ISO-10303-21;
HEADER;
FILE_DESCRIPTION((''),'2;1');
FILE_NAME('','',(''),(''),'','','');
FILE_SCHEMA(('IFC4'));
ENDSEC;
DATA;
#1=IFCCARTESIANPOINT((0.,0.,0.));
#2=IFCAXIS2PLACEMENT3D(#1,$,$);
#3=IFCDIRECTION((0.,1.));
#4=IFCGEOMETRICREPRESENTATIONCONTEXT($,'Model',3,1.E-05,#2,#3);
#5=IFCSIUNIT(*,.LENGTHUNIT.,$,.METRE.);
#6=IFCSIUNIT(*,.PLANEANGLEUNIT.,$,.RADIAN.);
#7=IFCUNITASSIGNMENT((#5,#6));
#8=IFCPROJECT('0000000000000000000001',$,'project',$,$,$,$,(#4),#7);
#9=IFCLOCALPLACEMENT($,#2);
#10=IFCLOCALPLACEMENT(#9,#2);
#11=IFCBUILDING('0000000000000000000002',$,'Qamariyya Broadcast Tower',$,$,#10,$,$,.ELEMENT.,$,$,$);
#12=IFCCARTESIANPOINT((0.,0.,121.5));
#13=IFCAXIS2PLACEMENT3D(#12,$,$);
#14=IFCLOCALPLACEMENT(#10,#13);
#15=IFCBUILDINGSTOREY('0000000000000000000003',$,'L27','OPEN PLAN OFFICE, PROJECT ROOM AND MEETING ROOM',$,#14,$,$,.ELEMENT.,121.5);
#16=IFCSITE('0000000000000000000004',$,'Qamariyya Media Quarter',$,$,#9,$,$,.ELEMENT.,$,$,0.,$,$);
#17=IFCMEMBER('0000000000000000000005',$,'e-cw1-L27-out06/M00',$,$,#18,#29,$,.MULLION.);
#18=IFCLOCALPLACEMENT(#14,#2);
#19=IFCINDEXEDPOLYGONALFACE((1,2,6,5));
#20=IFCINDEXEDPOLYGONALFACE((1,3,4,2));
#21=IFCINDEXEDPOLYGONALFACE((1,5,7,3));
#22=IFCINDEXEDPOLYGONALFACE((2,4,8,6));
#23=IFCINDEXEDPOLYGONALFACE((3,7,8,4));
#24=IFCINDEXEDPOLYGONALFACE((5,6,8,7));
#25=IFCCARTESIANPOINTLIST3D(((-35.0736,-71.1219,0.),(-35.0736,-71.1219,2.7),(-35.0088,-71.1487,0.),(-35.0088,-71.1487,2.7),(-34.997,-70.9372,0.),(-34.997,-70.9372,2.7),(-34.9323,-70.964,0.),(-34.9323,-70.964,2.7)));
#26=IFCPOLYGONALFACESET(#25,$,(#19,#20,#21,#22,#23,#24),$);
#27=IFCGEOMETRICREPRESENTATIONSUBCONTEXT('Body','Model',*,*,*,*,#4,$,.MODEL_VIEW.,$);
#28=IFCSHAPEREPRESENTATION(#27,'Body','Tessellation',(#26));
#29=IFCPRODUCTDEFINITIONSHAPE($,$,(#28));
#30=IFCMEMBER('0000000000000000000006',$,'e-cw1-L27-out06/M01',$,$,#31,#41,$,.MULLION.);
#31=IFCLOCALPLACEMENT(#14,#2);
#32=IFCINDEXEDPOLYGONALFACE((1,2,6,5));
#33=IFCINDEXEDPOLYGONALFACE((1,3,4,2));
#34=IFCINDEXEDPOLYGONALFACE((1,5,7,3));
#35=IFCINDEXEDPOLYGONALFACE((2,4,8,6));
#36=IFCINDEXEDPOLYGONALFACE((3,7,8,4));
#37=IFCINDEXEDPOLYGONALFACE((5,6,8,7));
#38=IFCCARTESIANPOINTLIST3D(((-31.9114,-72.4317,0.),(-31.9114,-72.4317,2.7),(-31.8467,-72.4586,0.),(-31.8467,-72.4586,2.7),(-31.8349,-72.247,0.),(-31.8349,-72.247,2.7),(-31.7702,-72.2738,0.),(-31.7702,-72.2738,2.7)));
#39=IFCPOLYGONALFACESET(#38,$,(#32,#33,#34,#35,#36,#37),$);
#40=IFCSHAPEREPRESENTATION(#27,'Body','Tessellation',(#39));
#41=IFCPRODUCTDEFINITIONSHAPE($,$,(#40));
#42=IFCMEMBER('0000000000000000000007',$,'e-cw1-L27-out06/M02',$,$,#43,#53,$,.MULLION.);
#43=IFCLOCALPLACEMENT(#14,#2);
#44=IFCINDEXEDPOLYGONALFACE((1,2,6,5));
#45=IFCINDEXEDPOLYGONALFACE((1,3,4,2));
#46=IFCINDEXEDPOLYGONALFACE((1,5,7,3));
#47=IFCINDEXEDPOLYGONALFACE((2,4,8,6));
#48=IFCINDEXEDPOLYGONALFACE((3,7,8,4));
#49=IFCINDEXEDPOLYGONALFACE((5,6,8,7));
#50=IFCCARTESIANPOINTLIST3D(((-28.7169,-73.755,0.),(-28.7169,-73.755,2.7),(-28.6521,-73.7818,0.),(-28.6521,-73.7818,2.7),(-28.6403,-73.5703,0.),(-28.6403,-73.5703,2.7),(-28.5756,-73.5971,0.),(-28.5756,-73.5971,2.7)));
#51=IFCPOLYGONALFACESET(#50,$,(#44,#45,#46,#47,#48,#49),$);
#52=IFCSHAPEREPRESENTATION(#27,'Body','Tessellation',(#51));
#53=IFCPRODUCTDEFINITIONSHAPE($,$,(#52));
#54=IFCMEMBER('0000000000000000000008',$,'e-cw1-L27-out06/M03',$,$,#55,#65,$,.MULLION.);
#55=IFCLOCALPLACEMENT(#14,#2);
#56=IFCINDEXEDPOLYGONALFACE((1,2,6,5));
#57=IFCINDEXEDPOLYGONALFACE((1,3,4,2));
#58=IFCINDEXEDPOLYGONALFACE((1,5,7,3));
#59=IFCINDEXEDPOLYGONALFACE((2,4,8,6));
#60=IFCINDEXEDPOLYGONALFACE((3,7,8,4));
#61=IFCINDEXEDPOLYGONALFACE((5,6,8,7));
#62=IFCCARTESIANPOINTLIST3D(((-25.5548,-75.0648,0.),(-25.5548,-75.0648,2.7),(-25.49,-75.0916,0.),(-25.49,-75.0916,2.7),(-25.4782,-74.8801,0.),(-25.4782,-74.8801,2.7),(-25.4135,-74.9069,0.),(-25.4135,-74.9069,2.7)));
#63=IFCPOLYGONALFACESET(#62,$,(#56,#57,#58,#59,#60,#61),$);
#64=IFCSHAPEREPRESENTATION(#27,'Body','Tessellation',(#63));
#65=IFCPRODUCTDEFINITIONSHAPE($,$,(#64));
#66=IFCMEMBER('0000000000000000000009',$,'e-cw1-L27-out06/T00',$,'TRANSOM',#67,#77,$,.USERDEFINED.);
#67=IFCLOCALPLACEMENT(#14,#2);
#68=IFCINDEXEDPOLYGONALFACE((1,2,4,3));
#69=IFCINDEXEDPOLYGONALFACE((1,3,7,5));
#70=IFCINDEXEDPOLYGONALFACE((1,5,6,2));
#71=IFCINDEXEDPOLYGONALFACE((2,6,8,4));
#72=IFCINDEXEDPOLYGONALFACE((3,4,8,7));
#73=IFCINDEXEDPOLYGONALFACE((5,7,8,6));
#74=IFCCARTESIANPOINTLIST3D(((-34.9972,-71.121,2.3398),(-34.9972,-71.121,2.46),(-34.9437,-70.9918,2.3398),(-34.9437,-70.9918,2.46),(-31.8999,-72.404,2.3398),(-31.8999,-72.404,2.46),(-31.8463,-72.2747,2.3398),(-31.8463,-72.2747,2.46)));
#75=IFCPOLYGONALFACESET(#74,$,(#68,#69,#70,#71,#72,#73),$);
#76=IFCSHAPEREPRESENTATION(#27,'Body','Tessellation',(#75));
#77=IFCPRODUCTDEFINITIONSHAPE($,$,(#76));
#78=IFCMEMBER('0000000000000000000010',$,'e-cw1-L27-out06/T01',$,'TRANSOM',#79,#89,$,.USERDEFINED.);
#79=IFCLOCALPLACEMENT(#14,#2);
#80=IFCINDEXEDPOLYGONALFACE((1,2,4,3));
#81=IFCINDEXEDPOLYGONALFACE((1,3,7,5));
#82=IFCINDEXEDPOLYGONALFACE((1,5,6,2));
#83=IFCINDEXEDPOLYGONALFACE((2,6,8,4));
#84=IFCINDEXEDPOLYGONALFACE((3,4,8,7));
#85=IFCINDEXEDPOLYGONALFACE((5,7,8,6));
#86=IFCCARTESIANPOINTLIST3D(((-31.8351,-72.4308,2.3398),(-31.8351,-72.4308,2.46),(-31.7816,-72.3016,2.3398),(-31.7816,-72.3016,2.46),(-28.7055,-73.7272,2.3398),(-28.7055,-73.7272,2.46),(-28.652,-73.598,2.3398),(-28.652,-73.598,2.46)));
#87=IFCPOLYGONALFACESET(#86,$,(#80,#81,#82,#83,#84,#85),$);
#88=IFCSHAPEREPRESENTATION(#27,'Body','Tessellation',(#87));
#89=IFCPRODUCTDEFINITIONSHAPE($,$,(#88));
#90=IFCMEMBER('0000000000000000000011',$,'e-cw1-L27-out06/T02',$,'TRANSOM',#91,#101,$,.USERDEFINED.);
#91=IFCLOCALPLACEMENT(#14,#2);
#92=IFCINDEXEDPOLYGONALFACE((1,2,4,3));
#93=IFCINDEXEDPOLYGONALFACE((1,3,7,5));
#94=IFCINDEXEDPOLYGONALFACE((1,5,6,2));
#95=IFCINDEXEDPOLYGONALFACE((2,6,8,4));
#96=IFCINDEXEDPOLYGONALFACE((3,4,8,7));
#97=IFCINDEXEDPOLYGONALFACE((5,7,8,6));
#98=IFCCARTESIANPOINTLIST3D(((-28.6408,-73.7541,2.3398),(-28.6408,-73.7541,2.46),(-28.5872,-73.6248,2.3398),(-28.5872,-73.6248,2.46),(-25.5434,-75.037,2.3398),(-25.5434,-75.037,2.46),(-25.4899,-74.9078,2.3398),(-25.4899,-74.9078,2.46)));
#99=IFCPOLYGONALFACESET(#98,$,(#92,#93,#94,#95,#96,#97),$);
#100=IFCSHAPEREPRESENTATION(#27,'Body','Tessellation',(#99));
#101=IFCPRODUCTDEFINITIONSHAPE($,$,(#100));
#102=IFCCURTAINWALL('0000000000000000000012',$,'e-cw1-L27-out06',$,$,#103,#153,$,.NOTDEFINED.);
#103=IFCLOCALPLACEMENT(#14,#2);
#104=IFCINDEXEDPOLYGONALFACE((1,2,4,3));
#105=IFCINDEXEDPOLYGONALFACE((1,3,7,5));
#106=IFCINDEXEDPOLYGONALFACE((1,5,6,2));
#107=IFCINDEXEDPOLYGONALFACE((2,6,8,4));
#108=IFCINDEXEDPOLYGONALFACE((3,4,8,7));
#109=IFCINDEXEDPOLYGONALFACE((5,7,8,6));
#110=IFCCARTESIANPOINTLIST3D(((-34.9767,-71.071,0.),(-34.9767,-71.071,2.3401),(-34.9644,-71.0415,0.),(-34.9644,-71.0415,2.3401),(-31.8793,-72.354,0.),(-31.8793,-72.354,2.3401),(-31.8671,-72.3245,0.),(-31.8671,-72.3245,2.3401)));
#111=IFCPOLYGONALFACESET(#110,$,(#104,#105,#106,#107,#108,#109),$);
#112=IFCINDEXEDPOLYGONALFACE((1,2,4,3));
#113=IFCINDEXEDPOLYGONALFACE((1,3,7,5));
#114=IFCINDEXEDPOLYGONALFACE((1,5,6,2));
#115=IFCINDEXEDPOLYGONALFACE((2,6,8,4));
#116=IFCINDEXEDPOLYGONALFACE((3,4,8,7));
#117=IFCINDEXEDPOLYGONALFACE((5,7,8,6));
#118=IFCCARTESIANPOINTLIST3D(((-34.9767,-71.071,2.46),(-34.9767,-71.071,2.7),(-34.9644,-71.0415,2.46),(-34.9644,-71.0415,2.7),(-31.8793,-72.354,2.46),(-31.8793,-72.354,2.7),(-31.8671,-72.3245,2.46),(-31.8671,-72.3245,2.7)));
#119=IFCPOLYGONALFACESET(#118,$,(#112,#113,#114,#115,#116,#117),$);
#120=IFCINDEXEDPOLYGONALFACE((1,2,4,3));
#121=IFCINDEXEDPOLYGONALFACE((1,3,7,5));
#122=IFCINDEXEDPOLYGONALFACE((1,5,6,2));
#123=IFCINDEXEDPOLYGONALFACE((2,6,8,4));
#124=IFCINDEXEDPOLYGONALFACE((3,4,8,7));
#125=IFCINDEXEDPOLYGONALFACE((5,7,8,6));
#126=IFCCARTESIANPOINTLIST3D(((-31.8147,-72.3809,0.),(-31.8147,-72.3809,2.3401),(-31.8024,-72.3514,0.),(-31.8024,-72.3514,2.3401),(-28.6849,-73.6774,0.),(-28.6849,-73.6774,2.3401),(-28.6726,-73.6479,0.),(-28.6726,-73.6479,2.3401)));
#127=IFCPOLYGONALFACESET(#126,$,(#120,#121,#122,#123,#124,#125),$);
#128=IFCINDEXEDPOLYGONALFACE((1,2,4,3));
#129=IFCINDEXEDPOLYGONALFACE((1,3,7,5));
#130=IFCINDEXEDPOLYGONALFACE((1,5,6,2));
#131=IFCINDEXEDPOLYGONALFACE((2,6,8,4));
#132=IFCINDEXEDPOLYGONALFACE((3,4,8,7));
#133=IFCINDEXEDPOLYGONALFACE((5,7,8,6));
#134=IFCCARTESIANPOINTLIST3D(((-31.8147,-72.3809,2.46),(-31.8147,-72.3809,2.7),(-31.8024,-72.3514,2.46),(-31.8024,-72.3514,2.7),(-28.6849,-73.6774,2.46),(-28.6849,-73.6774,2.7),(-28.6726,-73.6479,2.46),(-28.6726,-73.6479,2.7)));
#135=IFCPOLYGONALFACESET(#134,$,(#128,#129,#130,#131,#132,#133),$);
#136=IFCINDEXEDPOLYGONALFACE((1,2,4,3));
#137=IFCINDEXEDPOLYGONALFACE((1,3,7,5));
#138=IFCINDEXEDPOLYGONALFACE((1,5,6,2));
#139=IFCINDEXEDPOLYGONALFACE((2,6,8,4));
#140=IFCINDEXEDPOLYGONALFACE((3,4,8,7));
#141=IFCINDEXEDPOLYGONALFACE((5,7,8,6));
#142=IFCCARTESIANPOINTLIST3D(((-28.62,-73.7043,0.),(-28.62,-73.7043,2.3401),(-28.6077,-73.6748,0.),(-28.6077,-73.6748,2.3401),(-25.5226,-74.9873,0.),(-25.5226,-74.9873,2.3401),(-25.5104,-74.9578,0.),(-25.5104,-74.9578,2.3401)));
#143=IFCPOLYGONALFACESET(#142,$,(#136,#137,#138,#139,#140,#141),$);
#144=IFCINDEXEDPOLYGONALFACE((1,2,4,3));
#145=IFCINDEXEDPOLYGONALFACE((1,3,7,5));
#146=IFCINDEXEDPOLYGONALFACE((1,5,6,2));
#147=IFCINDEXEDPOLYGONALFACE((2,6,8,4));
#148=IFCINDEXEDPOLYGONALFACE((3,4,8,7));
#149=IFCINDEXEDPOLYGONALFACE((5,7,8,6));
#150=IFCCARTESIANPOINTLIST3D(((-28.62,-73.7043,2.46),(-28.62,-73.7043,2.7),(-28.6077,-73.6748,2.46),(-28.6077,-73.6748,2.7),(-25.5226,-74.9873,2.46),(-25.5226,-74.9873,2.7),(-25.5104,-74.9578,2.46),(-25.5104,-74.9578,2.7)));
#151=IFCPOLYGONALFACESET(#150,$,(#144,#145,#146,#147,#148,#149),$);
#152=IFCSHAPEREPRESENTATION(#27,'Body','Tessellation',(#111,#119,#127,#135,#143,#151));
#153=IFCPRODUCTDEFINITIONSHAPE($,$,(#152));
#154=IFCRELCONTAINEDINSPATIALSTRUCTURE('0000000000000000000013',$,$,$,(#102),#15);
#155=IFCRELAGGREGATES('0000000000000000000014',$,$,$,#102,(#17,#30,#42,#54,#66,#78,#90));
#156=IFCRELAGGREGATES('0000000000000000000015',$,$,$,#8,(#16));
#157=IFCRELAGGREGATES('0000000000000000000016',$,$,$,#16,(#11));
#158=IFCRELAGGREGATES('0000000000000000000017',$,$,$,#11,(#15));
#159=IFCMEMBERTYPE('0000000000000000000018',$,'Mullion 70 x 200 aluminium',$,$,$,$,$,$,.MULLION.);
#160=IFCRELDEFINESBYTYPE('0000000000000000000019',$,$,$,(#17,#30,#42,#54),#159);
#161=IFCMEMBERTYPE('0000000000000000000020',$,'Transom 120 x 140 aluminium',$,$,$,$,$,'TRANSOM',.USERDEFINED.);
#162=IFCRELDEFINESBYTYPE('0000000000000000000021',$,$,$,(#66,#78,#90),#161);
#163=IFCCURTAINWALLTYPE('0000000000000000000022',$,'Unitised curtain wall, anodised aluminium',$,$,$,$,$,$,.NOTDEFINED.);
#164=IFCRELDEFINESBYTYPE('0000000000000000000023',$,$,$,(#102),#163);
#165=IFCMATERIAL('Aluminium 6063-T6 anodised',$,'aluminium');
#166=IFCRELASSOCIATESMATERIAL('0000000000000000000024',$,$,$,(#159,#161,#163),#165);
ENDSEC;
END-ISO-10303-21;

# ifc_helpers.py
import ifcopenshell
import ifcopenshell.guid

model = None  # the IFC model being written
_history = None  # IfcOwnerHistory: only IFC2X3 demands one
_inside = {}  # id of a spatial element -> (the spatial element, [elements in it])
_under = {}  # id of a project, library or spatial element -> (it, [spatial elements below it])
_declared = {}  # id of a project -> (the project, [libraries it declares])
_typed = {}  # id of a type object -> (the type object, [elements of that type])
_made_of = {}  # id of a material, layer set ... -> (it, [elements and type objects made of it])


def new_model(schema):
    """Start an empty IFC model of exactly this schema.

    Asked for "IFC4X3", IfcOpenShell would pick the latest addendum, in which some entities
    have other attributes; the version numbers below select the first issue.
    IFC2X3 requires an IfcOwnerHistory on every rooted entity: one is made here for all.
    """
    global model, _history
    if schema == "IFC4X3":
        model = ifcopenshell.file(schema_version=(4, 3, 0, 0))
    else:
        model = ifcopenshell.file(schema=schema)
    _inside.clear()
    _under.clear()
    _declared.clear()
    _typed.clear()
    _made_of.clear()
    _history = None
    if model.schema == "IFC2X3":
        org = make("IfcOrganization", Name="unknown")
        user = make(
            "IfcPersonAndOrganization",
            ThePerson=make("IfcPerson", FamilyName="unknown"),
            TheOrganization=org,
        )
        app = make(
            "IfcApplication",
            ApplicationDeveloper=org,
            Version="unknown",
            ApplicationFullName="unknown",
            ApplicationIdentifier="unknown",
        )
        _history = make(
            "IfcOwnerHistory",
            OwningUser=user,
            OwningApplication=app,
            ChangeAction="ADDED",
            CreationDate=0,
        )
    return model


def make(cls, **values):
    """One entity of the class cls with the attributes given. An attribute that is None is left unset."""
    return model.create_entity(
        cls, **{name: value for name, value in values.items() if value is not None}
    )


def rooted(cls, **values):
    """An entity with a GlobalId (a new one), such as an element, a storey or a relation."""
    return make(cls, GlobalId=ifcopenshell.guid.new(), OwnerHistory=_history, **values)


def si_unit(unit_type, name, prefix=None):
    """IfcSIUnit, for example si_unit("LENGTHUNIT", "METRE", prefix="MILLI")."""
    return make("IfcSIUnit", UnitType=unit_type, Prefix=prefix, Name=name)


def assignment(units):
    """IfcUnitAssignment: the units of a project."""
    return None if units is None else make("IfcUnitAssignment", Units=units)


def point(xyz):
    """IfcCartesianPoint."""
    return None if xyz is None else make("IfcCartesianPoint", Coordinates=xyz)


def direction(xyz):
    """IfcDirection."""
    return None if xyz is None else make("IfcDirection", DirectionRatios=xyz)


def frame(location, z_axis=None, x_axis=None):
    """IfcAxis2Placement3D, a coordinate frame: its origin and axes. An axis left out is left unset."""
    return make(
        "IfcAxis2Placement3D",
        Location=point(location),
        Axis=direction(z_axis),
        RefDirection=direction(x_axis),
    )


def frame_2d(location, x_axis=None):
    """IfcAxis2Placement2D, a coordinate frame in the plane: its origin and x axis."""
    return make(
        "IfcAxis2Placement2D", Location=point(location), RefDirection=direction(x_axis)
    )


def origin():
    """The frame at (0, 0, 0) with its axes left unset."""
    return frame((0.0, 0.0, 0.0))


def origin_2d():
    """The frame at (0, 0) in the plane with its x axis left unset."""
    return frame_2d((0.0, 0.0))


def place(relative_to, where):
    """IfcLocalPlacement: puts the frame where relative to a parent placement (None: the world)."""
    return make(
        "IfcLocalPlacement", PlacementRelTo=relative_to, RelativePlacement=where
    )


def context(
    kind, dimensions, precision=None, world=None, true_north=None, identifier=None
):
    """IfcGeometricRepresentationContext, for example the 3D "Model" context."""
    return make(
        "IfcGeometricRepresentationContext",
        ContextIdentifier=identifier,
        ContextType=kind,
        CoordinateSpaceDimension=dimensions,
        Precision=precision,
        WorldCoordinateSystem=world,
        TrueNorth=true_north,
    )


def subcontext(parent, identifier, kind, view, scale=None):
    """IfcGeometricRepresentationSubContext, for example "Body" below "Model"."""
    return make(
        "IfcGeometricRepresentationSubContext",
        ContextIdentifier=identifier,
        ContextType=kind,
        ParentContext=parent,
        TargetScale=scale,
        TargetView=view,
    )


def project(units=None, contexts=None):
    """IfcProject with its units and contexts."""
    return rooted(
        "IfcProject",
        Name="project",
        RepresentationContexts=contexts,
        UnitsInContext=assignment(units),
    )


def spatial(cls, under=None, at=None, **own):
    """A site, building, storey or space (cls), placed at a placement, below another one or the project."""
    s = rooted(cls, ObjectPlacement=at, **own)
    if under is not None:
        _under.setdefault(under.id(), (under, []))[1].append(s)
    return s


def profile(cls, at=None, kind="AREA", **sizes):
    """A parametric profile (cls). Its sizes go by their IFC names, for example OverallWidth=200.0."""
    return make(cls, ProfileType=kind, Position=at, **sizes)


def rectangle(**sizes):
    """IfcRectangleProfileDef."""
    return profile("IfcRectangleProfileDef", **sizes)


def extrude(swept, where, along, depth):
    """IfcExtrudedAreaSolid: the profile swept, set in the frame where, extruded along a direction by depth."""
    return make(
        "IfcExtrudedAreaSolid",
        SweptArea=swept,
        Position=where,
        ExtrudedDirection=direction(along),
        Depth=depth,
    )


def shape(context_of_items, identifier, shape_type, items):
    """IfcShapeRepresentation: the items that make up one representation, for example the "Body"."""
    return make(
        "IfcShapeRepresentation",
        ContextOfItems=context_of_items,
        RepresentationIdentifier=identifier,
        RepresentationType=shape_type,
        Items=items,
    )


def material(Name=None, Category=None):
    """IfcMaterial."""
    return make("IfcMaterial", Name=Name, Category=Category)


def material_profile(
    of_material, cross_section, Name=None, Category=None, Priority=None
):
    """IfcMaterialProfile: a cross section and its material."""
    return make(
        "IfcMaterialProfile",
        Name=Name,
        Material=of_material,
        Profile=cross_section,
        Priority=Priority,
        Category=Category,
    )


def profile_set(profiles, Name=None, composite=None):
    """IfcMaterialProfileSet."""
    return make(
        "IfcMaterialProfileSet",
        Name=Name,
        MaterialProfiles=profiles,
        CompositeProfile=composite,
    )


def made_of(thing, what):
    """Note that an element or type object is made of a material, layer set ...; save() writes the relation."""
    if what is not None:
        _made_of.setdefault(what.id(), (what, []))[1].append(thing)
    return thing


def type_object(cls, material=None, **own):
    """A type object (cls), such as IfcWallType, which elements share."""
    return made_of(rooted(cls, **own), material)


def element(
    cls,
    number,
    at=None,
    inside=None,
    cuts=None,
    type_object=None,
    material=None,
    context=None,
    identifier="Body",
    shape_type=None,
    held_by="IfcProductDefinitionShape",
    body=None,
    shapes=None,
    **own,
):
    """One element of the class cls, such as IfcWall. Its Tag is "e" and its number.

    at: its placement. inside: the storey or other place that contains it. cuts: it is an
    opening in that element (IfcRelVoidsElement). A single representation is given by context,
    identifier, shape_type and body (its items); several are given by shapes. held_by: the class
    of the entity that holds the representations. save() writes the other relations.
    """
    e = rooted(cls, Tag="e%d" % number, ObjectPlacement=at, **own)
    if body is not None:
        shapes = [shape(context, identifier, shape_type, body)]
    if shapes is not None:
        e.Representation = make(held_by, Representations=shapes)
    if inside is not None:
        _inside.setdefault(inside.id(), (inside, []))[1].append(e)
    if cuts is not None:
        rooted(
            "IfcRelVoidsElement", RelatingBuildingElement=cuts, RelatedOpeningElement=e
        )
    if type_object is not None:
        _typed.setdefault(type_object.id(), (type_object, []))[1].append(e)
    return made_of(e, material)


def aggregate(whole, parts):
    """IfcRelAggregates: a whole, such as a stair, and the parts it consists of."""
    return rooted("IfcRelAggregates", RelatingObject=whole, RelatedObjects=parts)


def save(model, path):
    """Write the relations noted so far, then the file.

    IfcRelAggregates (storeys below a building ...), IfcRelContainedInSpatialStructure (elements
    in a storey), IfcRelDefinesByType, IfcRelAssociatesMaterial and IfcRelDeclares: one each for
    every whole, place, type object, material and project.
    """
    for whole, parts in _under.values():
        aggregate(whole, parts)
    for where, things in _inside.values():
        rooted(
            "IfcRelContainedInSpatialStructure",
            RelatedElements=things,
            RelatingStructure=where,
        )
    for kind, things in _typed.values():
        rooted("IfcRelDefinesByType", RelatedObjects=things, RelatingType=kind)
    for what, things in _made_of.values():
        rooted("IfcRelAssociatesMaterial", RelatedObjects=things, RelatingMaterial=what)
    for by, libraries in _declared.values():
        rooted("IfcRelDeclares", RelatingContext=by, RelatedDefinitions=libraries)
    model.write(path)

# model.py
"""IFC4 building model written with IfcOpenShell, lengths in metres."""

from ifc_helpers import new_model, si_unit, direction, frame, origin, origin_2d, place, context, subcontext, project, spatial, rectangle, extrude, material, material_profile, profile_set, type_object, element, aggregate, save


model = new_model("IFC4")

# Units and contexts
model_context = context("Model", 3, precision=1e-05, world=origin(), true_north=direction((0.0, 1.0)))
body_context = subcontext(model_context, "Body", "Model", "MODEL_VIEW")
ifc_project = project(units=[si_unit("LENGTHUNIT", "METRE"), si_unit("PLANEANGLEUNIT", "RADIAN")], contexts=[model_context])

# Members
ifc_material = material(Name="Aluminium 6063-T6 anodised", Category="aluminium")
ifc_material_profile_1 = material_profile(ifc_material, rectangle(XDim=0.2, YDim=0.0701, at=origin_2d()))
ifc_profile_set_1 = profile_set([ifc_material_profile_1], Name="Aluminium 6063-T6 anodised")
member_type_1 = type_object("IfcMemberType", Name="Mullion 70 x 200 aluminium", PredefinedType="MULLION", material=ifc_profile_set_1)
site_placement = place(None, origin())
building_placement = place(site_placement, origin())
storey_placement = place(building_placement, frame((0.0, 0.0, 121.5)))
member_1_placement = place(storey_placement, frame((-35.0029, -71.043, 0.0), z_axis=(0.0, 0.0, 1.0), x_axis=(0.382683, 0.92388, 0.0)))
member_1 = element("IfcMember", 1, at=member_1_placement, type_object=member_type_1, Name="e-cw1-L27-out06/M00", PredefinedType="MULLION", context=body_context, shape_type="SweptSolid", body=[
    extrude(rectangle(XDim=0.2, YDim=0.0701, at=origin_2d()), origin(), (0.0, 0.0, 1.0), 2.7),
])
member_2_placement = place(storey_placement, frame((-31.8408, -72.3528, 0.0), z_axis=(0.0, 0.0, 1.0), x_axis=(0.382683, 0.92388, 0.0)))
member_2 = element("IfcMember", 2, at=member_2_placement, type_object=member_type_1, Name="e-cw1-L27-out06/M01", PredefinedType="MULLION", context=body_context, shape_type="SweptSolid", body=[
    extrude(rectangle(XDim=0.2, YDim=0.0701, at=origin_2d()), origin(), (0.0, 0.0, 1.0), 2.7),
])
member_3_placement = place(storey_placement, frame((-28.6462, -73.676, 0.0), z_axis=(0.0, 0.0, 1.0), x_axis=(0.382683, 0.92388, 0.0)))
member_3 = element("IfcMember", 3, at=member_3_placement, type_object=member_type_1, Name="e-cw1-L27-out06/M02", PredefinedType="MULLION", context=body_context, shape_type="SweptSolid", body=[
    extrude(rectangle(XDim=0.2, YDim=0.0701, at=origin_2d()), origin(), (0.0, 0.0, 1.0), 2.7),
])
member_4_placement = place(storey_placement, frame((-25.4841, -74.9858, 0.0), z_axis=(0.0, 0.0, 1.0), x_axis=(0.382683, 0.92388, 0.0)))
member_4 = element("IfcMember", 4, at=member_4_placement, type_object=member_type_1, Name="e-cw1-L27-out06/M03", PredefinedType="MULLION", context=body_context, shape_type="SweptSolid", body=[
    extrude(rectangle(XDim=0.2, YDim=0.0701, at=origin_2d()), origin(), (0.0, 0.0, 1.0), 2.7),
])
ifc_material_profile_2 = material_profile(ifc_material, rectangle(XDim=0.1399, YDim=0.1201, at=origin_2d()))
ifc_profile_set_2 = profile_set([ifc_material_profile_2], Name="Aluminium 6063-T6 anodised")
member_type_2 = type_object("IfcMemberType", Name="Transom 120 x 140 aluminium", ElementType="TRANSOM", PredefinedType="USERDEFINED", material=ifc_profile_set_2)
member_5_placement = place(storey_placement, frame((-34.9705, -71.0564, 2.3999), z_axis=(0.923883, -0.382676, 0.0), x_axis=(0.382676, 0.923883, 0.0)))
member_5 = element("IfcMember", 5, at=member_5_placement, type_object=member_type_2, Name="e-cw1-L27-out06/T00", ObjectType="TRANSOM", PredefinedType="USERDEFINED", context=body_context, shape_type="SweptSolid", body=[
    extrude(rectangle(XDim=0.1399, YDim=0.1201, at=origin_2d()), origin(), (0.0, 0.0, 1.0), 3.3525),
])
member_6_placement = place(storey_placement, frame((-31.8083, -72.3662, 2.3999), z_axis=(0.923875, -0.382696, 0.0), x_axis=(0.382696, 0.923875, 0.0)))
member_6 = element("IfcMember", 6, at=member_6_placement, type_object=member_type_2, Name="e-cw1-L27-out06/T01", ObjectType="TRANSOM", PredefinedType="USERDEFINED", context=body_context, shape_type="SweptSolid", body=[
    extrude(rectangle(XDim=0.1399, YDim=0.1201, at=origin_2d()), origin(), (0.0, 0.0, 1.0), 3.3875),
])
member_7_placement = place(storey_placement, frame((-28.614, -73.6895, 2.3999), z_axis=(0.923883, -0.382676, 0.0), x_axis=(0.382676, 0.923883, 0.0)))
member_7 = element("IfcMember", 7, at=member_7_placement, type_object=member_type_2, Name="e-cw1-L27-out06/T02", ObjectType="TRANSOM", PredefinedType="USERDEFINED", context=body_context, shape_type="SweptSolid", body=[
    extrude(rectangle(XDim=0.1399, YDim=0.1201, at=origin_2d()), origin(), (0.0, 0.0, 1.0), 3.3525),
])

# Site, building, storey
site = spatial("IfcSite", under=ifc_project, at=site_placement, Name="Qamariyya Media Quarter", CompositionType="ELEMENT", RefElevation=0.0)
building = spatial("IfcBuilding", under=site, at=building_placement, Name="Qamariyya Broadcast Tower", CompositionType="ELEMENT")
storey = spatial("IfcBuildingStorey", under=building, at=storey_placement, Name="L27", Description="OPEN PLAN OFFICE, PROJECT ROOM AND MEETING ROOM", CompositionType="ELEMENT", Elevation=121.5)

# Curtain wall
curtain_wall_type = type_object("IfcCurtainWallType", Name="Unitised curtain wall, anodised aluminium", PredefinedType="NOTDEFINED", material=ifc_material)
curtain_wall_1_placement = place(storey_placement, origin())
curtain_wall_1 = element("IfcCurtainWall", 8, at=curtain_wall_1_placement, inside=storey, type_object=curtain_wall_type, Name="e-cw1-L27-out06", PredefinedType="NOTDEFINED", context=body_context, shape_type="SweptSolid", body=[
    extrude(rectangle(XDim=3.3525, YDim=0.032, at=origin_2d()), frame((-33.4219, -71.6978, 0.0), x_axis=(0.923872, -0.382701, 0.0)), (0.0, 0.0, 1.0), 2.3401),
    extrude(rectangle(XDim=3.3525, YDim=0.032, at=origin_2d()), frame((-33.4219, -71.6978, 2.46), x_axis=(0.923872, -0.382701, 0.0)), (0.0, 0.0, 1.0), 0.24),
    extrude(rectangle(XDim=3.3877, YDim=0.032, at=origin_2d()), frame((-30.2437, -73.0144, 0.0), x_axis=(0.923872, -0.382701, 0.0)), (0.0, 0.0, 1.0), 2.3401),
    extrude(rectangle(XDim=3.3877, YDim=0.032, at=origin_2d()), frame((-30.2437, -73.0144, 2.46), x_axis=(0.923872, -0.382701, 0.0)), (0.0, 0.0, 1.0), 0.24),
    extrude(rectangle(XDim=3.3525, YDim=0.032, at=origin_2d()), frame((-27.0652, -74.3311, 0.0), x_axis=(0.923872, -0.382701, 0.0)), (0.0, 0.0, 1.0), 2.3401),
    extrude(rectangle(XDim=3.3525, YDim=0.032, at=origin_2d()), frame((-27.0652, -74.3311, 2.46), x_axis=(0.923872, -0.382701, 0.0)), (0.0, 0.0, 1.0), 0.24),
])
aggregate(curtain_wall_1, [member_1, member_2, member_3, member_4, member_5, member_6, member_7])

save(model, "model.ifc")
